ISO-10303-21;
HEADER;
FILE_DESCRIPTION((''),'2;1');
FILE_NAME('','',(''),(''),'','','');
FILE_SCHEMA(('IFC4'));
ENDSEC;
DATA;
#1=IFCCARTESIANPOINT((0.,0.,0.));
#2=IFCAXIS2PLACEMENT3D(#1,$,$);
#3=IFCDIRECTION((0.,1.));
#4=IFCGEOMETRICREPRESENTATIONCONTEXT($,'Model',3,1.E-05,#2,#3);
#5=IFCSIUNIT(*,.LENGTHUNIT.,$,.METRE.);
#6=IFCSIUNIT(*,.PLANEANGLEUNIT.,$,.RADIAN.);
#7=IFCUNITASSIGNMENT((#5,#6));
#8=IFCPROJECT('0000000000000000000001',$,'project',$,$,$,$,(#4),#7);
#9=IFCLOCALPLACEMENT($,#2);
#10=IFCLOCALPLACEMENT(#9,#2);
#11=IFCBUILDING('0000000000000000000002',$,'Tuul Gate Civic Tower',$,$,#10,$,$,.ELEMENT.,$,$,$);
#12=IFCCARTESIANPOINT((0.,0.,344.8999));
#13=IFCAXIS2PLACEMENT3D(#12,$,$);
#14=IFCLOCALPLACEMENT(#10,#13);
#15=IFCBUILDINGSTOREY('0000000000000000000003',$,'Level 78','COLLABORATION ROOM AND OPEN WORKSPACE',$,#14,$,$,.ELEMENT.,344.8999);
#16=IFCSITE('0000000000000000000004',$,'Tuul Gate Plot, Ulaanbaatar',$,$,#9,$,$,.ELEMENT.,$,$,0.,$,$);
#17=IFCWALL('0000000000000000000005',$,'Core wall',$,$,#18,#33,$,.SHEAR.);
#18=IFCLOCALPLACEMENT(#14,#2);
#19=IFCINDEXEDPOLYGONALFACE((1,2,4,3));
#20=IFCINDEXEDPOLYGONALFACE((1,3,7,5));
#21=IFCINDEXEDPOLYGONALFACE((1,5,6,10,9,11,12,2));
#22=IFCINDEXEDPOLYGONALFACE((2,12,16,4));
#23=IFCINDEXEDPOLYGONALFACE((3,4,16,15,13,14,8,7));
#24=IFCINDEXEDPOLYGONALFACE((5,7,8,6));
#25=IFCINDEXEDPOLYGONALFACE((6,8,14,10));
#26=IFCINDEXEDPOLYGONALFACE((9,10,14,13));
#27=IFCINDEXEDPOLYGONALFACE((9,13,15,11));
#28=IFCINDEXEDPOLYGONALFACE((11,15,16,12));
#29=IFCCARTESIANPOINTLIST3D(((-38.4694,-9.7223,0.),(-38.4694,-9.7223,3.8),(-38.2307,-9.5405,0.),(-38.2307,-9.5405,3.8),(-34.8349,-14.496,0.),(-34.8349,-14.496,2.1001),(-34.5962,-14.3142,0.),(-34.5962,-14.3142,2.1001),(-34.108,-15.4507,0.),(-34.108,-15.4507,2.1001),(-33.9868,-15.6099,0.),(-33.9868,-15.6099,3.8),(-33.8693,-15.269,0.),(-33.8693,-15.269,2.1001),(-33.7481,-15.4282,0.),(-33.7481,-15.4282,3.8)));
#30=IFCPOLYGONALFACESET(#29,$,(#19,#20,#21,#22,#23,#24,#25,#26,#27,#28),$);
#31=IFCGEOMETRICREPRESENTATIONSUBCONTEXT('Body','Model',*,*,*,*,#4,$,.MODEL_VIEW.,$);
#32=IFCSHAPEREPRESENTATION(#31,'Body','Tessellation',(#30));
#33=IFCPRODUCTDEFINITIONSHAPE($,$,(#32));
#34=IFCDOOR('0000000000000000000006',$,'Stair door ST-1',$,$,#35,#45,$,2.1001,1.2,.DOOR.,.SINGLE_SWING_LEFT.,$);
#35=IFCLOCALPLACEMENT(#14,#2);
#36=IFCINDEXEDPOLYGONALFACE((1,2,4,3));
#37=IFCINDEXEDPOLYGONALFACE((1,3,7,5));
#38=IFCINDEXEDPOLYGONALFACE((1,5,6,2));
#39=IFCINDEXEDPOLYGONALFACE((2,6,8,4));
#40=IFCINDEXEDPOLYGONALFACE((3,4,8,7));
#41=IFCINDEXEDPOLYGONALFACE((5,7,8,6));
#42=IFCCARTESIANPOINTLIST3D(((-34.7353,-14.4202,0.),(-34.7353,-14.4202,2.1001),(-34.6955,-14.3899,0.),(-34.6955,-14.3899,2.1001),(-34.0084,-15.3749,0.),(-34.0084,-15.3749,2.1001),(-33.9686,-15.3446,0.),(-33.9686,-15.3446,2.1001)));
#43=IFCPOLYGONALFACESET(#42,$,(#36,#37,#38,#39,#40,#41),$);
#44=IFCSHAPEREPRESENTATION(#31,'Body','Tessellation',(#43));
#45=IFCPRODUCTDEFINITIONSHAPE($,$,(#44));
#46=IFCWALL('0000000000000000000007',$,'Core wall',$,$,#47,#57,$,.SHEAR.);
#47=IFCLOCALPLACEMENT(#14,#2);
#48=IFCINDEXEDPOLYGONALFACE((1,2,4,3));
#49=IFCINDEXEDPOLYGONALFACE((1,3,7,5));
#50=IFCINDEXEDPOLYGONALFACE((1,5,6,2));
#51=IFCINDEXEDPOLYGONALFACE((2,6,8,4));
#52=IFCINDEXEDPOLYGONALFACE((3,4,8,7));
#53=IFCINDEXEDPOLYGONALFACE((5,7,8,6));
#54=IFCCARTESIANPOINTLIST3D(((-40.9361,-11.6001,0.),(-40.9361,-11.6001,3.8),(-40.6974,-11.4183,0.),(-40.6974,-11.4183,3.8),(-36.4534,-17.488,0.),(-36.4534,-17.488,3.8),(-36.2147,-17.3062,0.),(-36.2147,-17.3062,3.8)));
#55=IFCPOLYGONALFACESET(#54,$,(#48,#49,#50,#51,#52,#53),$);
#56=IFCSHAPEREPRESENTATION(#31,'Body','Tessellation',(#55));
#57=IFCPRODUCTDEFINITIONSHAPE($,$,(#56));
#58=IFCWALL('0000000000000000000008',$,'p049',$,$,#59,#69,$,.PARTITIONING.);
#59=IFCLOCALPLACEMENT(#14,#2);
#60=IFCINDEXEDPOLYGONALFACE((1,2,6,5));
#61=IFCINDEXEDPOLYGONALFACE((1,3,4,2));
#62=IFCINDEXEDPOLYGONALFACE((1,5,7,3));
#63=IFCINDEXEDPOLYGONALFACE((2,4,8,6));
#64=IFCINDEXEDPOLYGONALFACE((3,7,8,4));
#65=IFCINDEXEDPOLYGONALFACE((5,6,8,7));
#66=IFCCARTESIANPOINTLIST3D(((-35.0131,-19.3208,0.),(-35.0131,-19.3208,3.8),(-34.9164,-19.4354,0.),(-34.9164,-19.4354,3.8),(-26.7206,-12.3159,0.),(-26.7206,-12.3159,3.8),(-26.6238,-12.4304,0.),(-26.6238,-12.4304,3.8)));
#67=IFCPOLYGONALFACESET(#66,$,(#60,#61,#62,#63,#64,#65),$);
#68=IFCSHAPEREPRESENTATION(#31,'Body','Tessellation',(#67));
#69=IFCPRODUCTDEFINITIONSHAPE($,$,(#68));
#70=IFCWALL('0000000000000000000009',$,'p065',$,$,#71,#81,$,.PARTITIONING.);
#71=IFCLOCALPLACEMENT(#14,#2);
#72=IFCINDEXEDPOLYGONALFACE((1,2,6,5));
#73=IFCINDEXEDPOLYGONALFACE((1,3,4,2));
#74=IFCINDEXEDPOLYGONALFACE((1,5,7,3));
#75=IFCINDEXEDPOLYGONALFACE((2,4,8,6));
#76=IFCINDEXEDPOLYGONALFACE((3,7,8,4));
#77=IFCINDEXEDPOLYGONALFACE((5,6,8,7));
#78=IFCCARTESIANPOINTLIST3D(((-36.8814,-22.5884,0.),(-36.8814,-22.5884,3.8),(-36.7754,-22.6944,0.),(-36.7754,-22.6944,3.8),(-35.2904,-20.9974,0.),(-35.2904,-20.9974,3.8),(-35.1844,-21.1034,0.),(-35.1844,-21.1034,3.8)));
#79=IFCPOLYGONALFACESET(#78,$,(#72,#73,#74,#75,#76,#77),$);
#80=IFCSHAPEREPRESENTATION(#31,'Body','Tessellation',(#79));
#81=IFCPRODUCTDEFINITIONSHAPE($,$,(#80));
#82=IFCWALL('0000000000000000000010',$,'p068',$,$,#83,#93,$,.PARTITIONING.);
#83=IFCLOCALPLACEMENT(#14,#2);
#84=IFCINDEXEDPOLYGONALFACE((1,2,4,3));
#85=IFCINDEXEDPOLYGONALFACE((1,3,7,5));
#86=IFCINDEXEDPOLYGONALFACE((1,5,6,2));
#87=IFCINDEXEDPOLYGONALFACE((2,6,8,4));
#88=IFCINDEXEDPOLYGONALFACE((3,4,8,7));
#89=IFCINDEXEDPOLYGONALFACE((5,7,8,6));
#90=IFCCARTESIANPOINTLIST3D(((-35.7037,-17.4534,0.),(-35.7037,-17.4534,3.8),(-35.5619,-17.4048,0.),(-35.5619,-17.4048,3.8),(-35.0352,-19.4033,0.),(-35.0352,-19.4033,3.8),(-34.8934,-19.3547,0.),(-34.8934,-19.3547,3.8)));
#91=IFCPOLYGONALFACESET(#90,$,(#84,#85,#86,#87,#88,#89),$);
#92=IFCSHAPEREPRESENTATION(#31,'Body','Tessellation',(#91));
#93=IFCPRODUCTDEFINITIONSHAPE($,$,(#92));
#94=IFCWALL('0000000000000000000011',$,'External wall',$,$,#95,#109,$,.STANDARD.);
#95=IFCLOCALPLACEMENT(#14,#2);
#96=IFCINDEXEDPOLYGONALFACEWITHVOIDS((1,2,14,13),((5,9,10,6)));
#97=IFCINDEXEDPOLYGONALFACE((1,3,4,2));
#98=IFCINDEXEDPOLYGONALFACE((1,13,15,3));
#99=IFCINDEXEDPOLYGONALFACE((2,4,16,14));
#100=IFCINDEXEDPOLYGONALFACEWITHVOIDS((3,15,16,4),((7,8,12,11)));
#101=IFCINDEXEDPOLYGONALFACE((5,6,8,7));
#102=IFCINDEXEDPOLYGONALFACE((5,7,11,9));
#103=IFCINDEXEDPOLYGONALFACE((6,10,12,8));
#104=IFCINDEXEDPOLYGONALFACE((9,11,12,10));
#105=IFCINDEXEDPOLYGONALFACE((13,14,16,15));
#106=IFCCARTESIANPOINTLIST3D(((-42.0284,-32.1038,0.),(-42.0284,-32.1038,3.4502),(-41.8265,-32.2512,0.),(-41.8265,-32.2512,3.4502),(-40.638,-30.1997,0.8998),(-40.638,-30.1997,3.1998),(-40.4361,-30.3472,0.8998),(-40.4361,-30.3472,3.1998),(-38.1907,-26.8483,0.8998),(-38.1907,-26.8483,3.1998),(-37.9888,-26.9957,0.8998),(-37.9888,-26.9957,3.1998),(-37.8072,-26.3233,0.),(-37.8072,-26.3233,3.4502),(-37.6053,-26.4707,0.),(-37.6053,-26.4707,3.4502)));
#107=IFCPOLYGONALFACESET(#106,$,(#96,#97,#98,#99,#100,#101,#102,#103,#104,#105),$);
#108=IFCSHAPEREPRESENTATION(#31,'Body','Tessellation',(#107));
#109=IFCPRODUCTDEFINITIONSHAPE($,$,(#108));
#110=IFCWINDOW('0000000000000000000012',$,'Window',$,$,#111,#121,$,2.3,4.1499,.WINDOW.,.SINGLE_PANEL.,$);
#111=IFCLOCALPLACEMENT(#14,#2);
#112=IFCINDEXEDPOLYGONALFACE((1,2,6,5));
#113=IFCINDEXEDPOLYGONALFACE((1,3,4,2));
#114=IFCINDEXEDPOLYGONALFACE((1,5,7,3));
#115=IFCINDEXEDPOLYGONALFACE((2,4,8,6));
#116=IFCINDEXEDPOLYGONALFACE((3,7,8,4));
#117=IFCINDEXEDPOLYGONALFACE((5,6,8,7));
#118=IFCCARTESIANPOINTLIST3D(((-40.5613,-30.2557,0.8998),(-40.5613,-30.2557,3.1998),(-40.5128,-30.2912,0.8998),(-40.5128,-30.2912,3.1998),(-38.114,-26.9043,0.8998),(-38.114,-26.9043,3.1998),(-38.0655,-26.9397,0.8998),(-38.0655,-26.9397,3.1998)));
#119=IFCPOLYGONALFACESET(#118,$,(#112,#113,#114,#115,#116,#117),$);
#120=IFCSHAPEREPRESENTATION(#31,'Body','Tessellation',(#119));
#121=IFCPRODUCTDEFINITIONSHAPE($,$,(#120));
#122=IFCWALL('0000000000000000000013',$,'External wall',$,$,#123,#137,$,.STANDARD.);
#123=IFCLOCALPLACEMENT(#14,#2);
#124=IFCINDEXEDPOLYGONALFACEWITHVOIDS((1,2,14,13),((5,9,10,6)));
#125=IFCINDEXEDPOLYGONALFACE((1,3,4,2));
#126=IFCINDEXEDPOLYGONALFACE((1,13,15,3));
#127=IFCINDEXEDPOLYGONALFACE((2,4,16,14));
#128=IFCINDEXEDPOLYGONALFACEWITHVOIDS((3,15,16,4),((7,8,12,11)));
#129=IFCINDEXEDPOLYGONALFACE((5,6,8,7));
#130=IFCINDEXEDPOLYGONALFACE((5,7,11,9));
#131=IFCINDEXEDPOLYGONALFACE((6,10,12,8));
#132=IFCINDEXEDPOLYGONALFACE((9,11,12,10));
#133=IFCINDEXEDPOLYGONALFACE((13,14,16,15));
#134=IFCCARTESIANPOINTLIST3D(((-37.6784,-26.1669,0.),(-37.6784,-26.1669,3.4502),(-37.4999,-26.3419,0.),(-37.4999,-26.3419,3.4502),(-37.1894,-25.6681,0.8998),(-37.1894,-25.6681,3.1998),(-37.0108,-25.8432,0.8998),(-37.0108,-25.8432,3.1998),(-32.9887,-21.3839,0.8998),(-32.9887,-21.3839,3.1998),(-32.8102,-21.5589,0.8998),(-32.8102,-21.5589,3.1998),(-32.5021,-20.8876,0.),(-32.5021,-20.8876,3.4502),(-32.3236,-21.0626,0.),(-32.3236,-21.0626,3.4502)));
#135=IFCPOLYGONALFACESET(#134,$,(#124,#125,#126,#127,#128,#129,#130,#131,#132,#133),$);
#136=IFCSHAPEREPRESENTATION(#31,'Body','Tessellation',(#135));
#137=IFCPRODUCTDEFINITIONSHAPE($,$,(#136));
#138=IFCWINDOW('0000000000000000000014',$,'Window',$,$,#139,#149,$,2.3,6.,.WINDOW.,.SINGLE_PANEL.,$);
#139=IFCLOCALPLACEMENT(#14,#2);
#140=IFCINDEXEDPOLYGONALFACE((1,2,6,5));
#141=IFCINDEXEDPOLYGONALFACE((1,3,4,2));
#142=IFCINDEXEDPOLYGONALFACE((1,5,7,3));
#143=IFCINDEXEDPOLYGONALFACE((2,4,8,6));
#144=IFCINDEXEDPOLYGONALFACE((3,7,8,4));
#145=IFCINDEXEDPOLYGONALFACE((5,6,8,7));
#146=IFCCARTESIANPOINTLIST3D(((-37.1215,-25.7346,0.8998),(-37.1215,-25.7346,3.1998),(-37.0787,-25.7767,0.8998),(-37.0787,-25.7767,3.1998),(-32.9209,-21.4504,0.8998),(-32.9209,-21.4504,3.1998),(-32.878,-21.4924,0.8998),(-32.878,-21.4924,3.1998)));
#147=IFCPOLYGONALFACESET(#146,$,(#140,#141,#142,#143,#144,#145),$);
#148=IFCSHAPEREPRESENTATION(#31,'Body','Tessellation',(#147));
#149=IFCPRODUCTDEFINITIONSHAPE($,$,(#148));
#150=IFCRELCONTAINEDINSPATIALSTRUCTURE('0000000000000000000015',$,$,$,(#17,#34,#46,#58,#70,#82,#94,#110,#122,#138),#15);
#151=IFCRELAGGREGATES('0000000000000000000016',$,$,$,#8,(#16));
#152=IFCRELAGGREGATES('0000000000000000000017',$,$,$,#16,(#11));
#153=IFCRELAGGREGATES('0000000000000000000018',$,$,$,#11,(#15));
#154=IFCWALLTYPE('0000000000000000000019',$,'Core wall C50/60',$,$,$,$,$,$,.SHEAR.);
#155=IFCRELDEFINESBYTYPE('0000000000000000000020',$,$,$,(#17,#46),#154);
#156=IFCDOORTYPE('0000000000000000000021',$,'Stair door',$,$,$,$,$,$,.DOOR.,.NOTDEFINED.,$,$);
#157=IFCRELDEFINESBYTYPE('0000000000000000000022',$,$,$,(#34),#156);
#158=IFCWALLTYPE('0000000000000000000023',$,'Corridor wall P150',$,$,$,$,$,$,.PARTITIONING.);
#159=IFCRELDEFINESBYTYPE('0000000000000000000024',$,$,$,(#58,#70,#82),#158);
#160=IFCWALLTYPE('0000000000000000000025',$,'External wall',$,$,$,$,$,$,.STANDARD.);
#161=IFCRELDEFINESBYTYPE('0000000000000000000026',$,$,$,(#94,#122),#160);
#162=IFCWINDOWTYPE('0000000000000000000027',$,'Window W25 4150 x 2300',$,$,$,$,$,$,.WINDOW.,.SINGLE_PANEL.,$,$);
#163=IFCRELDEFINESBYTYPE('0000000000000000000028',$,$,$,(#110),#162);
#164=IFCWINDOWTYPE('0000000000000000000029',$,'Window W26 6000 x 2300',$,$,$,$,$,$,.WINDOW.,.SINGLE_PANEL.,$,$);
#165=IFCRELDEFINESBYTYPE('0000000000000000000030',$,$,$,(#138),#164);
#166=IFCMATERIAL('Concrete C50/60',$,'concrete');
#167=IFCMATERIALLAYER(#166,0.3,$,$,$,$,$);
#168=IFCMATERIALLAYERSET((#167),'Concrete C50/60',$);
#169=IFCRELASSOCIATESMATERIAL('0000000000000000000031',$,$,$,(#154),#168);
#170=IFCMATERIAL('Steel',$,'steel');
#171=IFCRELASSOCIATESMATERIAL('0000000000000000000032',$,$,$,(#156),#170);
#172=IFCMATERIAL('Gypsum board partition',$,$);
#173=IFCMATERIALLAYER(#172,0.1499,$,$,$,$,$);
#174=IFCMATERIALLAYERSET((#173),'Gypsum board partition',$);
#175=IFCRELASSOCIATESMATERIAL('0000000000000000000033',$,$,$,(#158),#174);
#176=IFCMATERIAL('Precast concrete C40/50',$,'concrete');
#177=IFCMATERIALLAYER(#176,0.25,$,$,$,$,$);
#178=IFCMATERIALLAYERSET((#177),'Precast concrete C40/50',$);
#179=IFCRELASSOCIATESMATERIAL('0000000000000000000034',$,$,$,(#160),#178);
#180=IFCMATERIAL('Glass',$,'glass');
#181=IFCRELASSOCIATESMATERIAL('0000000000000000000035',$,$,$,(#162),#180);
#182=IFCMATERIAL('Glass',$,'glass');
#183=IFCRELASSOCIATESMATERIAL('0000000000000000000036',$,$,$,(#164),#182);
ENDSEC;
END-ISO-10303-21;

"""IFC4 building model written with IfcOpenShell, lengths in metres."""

from ifc_helpers import new_model, si_unit, direction, frame, frame_2d, origin, place, context, subcontext, project, spatial, rectangle, extrude, material, layer, layer_set, type_object, element, fill, save


model = new_model("IFC4")

# Units and contexts
model_context = context("Model", 3, precision=1e-05, world=origin(), true_north=direction((0.0, 1.0)))
body_context = subcontext(model_context, "Body", "Model", "MODEL_VIEW")
ifc_project = project(units=[si_unit("LENGTHUNIT", "METRE"), si_unit("PLANEANGLEUNIT", "RADIAN")], contexts=[model_context])

# Site, building, storey
site_placement = place(None, origin())
site = spatial("IfcSite", under=ifc_project, at=site_placement, Name="Tuul Gate Plot, Ulaanbaatar", CompositionType="ELEMENT", RefElevation=0.0)
building_placement = place(site_placement, origin())
building = spatial("IfcBuilding", under=site, at=building_placement, Name="Tuul Gate Civic Tower", CompositionType="ELEMENT")
storey_placement = place(building_placement, frame((0.0, 0.0, 344.8999)))
storey = spatial("IfcBuildingStorey", under=building, at=storey_placement, Name="Level 78", Description="COLLABORATION ROOM AND OPEN WORKSPACE", CompositionType="ELEMENT", Elevation=344.8999)

# Wall, opening, door
ifc_material_1 = material(Name="Concrete C50/60", Category="concrete")
ifc_layer_1 = layer(ifc_material_1, 0.3)
ifc_layer_set_1 = layer_set([ifc_layer_1], Name="Concrete C50/60")
wall_type_1 = type_object("IfcWallType", Name="Core wall C50/60", PredefinedType="SHEAR", material=ifc_layer_set_1)
wall_1_placement = place(storey_placement, frame((-33.8674, -15.519, 0.0), z_axis=(0.0, 0.0, 1.0), x_axis=(-0.60577, 0.79564, 0.0)))
wall_1 = element("IfcWall", 1, at=wall_1_placement, inside=storey, type_object=wall_type_1, Name="Core wall", PredefinedType="SHEAR", context=body_context, shape_type="SweptSolid", body=[
    extrude(rectangle(XDim=7.3999, YDim=0.3, at=frame_2d((3.7, 0.0))), origin(), (0.0, 0.0, 1.0), 3.8),
])
opening_1_placement = place(wall_1_placement, frame((0.2, 0.0, 0.0)))
opening_1 = element("IfcOpeningElement", 2, at=opening_1_placement, cuts=wall_1, PredefinedType="OPENING", context=body_context, shape_type="SweptSolid", body=[
    extrude(rectangle(XDim=1.2, YDim=2.1001, at=frame_2d((0.6001, 1.05))), frame((0.0, 0.1602, 0.0), z_axis=(0.0, -1.0, 0.0), x_axis=(1.0, 0.0, 0.0)), (0.0, 0.0, 1.0), 0.3201),
])
ifc_material_2 = material(Name="Steel", Category="steel")
door_type = type_object("IfcDoorType", Name="Stair door", OperationType="NOTDEFINED", PredefinedType="DOOR", material=ifc_material_2)
door_placement = place(opening_1_placement, origin())
door = element("IfcDoor", 3, at=door_placement, inside=storey, type_object=door_type, Name="Stair door ST-1", OperationType="SINGLE_SWING_LEFT", OverallHeight=2.1001, OverallWidth=1.2, PredefinedType="DOOR", context=body_context, shape_type="SweptSolid", body=[
    extrude(rectangle(XDim=1.2, YDim=2.1001, at=frame_2d((0.6001, 1.05))), frame((0.0, 0.0249, 0.0), z_axis=(0.0, -1.0, 0.0), x_axis=(1.0, 0.0, 0.0)), (0.0, 0.0, 1.0), 0.05),
])
fill(opening_1, door)

# Walls
wall_2_placement = place(storey_placement, frame((-36.334, -17.3972, 0.0), z_axis=(0.0, 0.0, 1.0), x_axis=(-0.605754, 0.795652, 0.0)))
element("IfcWall", 4, at=wall_2_placement, inside=storey, type_object=wall_type_1, Name="Core wall", PredefinedType="SHEAR", context=body_context, shape_type="SweptSolid", body=[
    extrude(rectangle(XDim=7.4001, YDim=0.3, at=frame_2d((3.7002, 0.0))), origin(), (0.0, 0.0, 1.0), 3.8),
])
ifc_material_3 = material(Name="Gypsum board partition")
ifc_layer_2 = layer(ifc_material_3, 0.1499)
ifc_layer_set_2 = layer_set([ifc_layer_2], Name="Gypsum board partition")
wall_type_2 = type_object("IfcWallType", Name="Corridor wall P150", PredefinedType="PARTITIONING", material=ifc_layer_set_2)
wall_3_placement = place(storey_placement, frame((-34.9648, -19.3782, 0.0), z_axis=(0.0, 0.0, 1.0), x_axis=(0.763923, 0.645307, 0.0)))
element("IfcWall", 5, at=wall_3_placement, inside=storey, type_object=wall_type_2, Name="p049", PredefinedType="PARTITIONING", context=body_context, shape_type="SweptSolid", body=[
    extrude(rectangle(XDim=10.8552, YDim=0.1499, at=frame_2d((5.4277, 0.0))), origin(), (0.0, 0.0, 1.0), 3.8),
])
wall_4_placement = place(storey_placement, frame((-36.8284, -22.6414, 0.0), z_axis=(0.0, 0.0, 1.0), x_axis=(0.707107, 0.707107, 0.0)))
element("IfcWall", 6, at=wall_4_placement, inside=storey, type_object=wall_type_2, Name="p065", PredefinedType="PARTITIONING", context=body_context, shape_type="SweptSolid", body=[
    extrude(rectangle(XDim=2.25, YDim=0.1499, at=frame_2d((1.125, 0.0))), origin(), (0.0, 0.0, 1.0), 3.8),
])
wall_5_placement = place(storey_placement, frame((-35.6328, -17.429, 0.0), z_axis=(0.0, 0.0, 1.0), x_axis=(0.324282, -0.94596, 0.0)))
element("IfcWall", 7, at=wall_5_placement, inside=storey, type_object=wall_type_2, Name="p068", PredefinedType="PARTITIONING", context=body_context, shape_type="SweptSolid", body=[
    extrude(rectangle(XDim=2.0613, YDim=0.1499, at=frame_2d((1.0308, 0.0))), origin(), (0.0, 0.0, 1.0), 3.8),
])

# Walls, openings, windows
ifc_material_4 = material(Name="Precast concrete C40/50", Category="concrete")
ifc_layer_3 = layer(ifc_material_4, 0.25)
ifc_layer_set_3 = layer_set([ifc_layer_3], Name="Precast concrete C40/50")
wall_type_3 = type_object("IfcWallType", Name="External wall", PredefinedType="STANDARD", material=ifc_layer_set_3)
wall_6_placement = place(storey_placement, frame((-41.9275, -32.1775, 0.0), z_axis=(0.0, 0.0, 1.0), x_axis=(0.58974, 0.807593, 0.0)))
wall_6 = element("IfcWall", 8, at=wall_6_placement, inside=storey, type_object=wall_type_3, Name="External wall", PredefinedType="STANDARD", context=body_context, shape_type="SweptSolid", body=[
    extrude(rectangle(XDim=7.1577, YDim=0.25, at=frame_2d((3.5789, 0.0))), origin(), (0.0, 0.0, 1.0), 3.4502),
])
opening_2_placement = place(wall_6_placement, frame((2.3577, 0.0, 0.8999)))
opening_2 = element("IfcOpeningElement", 9, at=opening_2_placement, cuts=wall_6, PredefinedType="OPENING", context=body_context, shape_type="SweptSolid", body=[
    extrude(rectangle(XDim=4.1499, YDim=2.3, at=frame_2d((2.075, 1.1499))), frame((0.0, 0.135, 0.0), z_axis=(0.0, -1.0, 0.0), x_axis=(1.0, 0.0, 0.0)), (0.0, 0.0, 1.0), 0.27),
])
ifc_material_5 = material(Name="Glass", Category="glass")
window_type_1 = type_object("IfcWindowType", Name="Window W25 4150 x 2300", PartitioningType="SINGLE_PANEL", PredefinedType="WINDOW", material=ifc_material_5)
window_1_placement = place(opening_2_placement, origin())
window_1 = element("IfcWindow", 10, at=window_1_placement, inside=storey, type_object=window_type_1, Name="Window", OverallHeight=2.3, OverallWidth=4.1499, PartitioningType="SINGLE_PANEL", PredefinedType="WINDOW", context=body_context, shape_type="SweptSolid", body=[
    extrude(rectangle(XDim=4.1499, YDim=2.3, at=frame_2d((2.075, 1.1499))), frame((0.0, 0.03, 0.0), z_axis=(0.0, -1.0, 0.0), x_axis=(1.0, 0.0, 0.0)), (0.0, 0.0, 1.0), 0.0601),
])
fill(opening_2, window_1)
wall_7_placement = place(storey_placement, frame((-37.5891, -26.2544, 0.0), z_axis=(0.0, 0.0, 1.0), x_axis=(0.700105, 0.71404, 0.0)))
wall_7 = element("IfcWall", 11, at=wall_7_placement, inside=storey, type_object=wall_type_3, Name="External wall", PredefinedType="STANDARD", context=body_context, shape_type="SweptSolid", body=[
    extrude(rectangle(XDim=7.3936, YDim=0.25, at=frame_2d((3.6968, 0.0))), origin(), (0.0, 0.0, 1.0), 3.4502),
])
opening_3_placement = place(wall_7_placement, frame((0.6985, 0.0, 0.8999)))
opening_3 = element("IfcOpeningElement", 12, at=opening_3_placement, cuts=wall_7, PredefinedType="OPENING", context=body_context, shape_type="SweptSolid", body=[
    extrude(rectangle(XDim=6.0, YDim=2.3, at=frame_2d((3.0, 1.1499))), frame((0.0, 0.135, 0.0), z_axis=(0.0, -1.0, 0.0), x_axis=(1.0, 0.0, 0.0)), (0.0, 0.0, 1.0), 0.27),
])
ifc_material_6 = material(Name="Glass", Category="glass")
window_type_2 = type_object("IfcWindowType", Name="Window W26 6000 x 2300", PartitioningType="SINGLE_PANEL", PredefinedType="WINDOW", material=ifc_material_6)
window_2_placement = place(opening_3_placement, origin())
window_2 = element("IfcWindow", 13, at=window_2_placement, inside=storey, type_object=window_type_2, Name="Window", OverallHeight=2.3, OverallWidth=6.0, PartitioningType="SINGLE_PANEL", PredefinedType="WINDOW", context=body_context, shape_type="SweptSolid", body=[
    extrude(rectangle(XDim=6.0, YDim=2.3, at=frame_2d((3.0, 1.1499))), frame((0.0, 0.03, 0.0), z_axis=(0.0, -1.0, 0.0), x_axis=(1.0, 0.0, 0.0)), (0.0, 0.0, 1.0), 0.0601),
])
fill(opening_3, window_2)

save(model, "model.ifc")
